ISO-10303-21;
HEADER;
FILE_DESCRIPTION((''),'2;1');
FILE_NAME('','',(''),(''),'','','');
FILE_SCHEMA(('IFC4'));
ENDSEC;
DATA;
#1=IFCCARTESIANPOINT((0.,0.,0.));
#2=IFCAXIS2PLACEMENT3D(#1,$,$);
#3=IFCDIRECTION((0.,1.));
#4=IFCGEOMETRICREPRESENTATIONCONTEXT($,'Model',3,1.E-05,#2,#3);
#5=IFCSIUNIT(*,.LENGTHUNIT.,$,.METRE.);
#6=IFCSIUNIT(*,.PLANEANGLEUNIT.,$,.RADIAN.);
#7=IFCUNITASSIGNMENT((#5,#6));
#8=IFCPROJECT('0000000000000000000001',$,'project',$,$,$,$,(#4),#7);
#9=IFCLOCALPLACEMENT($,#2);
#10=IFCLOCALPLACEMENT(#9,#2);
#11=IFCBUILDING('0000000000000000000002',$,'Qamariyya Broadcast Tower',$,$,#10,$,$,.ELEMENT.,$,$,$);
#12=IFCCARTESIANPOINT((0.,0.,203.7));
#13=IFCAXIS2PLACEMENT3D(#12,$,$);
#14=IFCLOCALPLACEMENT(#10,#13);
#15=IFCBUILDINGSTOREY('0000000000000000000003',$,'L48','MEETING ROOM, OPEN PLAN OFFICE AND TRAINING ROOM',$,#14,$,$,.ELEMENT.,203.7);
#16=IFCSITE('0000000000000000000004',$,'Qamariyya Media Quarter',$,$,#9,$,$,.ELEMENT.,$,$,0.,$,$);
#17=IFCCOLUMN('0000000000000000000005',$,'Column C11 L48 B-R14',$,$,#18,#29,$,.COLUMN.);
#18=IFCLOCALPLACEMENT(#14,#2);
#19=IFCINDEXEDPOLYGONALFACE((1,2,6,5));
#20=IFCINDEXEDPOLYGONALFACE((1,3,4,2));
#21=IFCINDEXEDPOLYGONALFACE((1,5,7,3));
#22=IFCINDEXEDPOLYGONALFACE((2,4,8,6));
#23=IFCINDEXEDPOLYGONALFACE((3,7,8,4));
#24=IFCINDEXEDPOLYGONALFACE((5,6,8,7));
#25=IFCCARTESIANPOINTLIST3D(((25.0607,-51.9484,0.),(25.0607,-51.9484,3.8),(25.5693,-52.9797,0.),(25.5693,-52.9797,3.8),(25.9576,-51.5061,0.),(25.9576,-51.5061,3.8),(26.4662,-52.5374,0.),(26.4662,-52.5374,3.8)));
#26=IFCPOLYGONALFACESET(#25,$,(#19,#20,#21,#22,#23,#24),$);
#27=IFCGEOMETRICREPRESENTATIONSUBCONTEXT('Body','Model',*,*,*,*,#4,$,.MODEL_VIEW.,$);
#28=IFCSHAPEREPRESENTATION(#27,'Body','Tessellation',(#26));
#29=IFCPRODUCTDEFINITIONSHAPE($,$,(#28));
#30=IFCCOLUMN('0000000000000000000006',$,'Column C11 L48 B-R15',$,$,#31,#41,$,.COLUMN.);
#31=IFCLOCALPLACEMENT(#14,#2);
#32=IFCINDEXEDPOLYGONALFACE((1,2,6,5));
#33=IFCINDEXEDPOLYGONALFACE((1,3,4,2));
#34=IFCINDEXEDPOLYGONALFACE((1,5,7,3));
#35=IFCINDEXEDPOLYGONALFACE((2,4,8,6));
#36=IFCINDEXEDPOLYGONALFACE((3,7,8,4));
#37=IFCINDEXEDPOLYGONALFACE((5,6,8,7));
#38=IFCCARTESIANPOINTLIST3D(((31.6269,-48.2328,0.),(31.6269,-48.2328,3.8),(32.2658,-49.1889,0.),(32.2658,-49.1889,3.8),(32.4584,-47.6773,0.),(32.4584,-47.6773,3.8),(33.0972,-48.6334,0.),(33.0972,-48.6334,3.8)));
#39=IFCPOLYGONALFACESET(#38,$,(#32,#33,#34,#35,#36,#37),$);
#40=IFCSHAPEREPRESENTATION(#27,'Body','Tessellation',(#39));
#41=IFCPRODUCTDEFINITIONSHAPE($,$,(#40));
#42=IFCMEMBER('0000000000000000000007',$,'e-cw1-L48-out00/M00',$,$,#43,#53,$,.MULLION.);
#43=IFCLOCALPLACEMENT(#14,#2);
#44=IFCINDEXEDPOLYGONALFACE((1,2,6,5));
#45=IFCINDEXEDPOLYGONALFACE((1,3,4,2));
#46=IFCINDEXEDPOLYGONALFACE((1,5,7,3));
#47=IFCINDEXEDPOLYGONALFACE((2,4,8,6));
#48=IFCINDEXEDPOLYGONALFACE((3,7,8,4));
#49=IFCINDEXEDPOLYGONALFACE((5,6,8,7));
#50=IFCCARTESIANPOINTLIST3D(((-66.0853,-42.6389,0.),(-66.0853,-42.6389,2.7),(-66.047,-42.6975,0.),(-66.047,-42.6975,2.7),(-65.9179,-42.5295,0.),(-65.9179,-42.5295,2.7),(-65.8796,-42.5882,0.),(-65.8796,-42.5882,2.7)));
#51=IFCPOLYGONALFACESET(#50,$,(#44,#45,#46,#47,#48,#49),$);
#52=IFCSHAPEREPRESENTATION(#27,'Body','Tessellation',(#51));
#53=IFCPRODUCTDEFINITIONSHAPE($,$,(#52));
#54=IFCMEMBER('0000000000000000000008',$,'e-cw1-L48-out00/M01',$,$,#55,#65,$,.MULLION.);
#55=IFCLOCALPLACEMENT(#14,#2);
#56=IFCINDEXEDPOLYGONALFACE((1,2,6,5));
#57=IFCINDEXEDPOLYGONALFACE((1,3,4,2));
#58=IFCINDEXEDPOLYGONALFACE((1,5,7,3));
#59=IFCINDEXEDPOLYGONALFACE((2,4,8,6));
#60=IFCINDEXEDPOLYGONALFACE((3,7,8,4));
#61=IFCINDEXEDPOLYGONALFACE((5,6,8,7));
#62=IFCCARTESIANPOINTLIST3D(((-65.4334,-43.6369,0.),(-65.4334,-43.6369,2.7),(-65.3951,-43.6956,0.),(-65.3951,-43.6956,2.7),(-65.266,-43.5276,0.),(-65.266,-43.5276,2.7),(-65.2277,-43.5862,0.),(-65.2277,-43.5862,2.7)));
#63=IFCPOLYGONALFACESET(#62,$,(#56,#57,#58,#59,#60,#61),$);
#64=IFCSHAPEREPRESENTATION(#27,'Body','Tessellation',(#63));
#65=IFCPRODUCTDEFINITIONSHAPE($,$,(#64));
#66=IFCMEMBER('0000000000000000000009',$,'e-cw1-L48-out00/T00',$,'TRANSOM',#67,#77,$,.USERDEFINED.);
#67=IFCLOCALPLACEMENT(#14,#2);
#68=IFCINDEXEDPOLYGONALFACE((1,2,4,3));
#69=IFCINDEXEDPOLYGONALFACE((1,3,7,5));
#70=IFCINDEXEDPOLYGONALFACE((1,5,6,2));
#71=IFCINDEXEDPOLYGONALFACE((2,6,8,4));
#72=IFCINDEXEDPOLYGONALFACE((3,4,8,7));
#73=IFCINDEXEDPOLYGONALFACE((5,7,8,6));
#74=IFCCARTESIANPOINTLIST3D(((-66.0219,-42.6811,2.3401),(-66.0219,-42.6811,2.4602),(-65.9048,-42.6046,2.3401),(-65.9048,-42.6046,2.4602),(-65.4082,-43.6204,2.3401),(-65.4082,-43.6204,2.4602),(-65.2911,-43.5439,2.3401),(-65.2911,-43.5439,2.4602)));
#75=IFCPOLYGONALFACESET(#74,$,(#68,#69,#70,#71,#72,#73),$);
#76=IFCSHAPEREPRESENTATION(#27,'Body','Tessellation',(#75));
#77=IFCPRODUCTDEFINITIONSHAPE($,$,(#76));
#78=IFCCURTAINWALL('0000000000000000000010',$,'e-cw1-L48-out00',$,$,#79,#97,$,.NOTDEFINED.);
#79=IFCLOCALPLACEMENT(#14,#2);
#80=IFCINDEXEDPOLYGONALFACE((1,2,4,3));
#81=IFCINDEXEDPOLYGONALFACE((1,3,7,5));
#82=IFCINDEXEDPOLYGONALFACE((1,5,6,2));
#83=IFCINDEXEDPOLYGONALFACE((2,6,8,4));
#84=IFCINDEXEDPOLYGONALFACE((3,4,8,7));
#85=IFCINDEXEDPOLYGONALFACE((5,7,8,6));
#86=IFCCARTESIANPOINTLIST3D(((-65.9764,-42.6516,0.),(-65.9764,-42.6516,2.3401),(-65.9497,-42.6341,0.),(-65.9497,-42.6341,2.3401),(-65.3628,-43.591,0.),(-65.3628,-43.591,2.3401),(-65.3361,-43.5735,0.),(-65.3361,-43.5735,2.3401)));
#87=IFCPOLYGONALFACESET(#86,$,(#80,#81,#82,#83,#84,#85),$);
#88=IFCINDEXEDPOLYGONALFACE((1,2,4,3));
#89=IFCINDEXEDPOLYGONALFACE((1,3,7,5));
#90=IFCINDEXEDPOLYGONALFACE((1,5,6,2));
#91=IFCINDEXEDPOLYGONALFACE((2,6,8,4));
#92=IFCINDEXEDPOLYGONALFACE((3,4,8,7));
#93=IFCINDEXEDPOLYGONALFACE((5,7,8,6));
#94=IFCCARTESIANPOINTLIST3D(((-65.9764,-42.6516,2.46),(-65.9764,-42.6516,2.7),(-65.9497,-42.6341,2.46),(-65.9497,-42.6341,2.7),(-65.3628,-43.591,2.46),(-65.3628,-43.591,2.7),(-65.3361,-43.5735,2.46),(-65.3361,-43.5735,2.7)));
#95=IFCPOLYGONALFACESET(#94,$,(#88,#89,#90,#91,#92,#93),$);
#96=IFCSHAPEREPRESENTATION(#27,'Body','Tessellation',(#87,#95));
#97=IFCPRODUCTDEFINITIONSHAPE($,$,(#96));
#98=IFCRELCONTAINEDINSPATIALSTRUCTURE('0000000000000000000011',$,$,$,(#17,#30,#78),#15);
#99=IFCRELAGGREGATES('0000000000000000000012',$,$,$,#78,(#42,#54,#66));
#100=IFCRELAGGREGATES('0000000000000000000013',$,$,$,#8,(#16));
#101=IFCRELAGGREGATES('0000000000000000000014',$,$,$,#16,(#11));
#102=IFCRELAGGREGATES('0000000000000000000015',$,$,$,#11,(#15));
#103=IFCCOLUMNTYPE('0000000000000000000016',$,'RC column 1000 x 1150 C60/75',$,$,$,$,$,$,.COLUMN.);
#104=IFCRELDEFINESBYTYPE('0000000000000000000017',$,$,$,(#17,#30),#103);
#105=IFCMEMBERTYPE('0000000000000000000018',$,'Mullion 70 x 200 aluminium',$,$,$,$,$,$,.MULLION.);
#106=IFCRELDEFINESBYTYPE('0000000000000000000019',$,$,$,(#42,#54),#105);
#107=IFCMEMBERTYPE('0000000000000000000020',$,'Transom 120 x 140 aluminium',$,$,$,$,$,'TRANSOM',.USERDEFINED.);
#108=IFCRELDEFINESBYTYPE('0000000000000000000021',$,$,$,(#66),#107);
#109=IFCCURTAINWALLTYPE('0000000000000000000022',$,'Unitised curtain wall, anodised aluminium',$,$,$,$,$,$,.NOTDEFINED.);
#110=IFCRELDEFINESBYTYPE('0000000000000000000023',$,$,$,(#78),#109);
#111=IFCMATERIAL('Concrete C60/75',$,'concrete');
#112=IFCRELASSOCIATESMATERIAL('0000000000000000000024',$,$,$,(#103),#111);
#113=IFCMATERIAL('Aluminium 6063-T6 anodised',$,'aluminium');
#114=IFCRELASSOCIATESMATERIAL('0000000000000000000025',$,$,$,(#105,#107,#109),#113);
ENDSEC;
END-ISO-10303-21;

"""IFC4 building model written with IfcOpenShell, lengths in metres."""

from ifc_helpers import new_model, si_unit, direction, frame, origin, origin_2d, place, context, subcontext, project, spatial, rectangle, extrude, material, material_profile, profile_set, type_object, element, aggregate, save


model = new_model("IFC4")

# Units and contexts
model_context = context("Model", 3, precision=1e-05, world=origin(), true_north=direction((0.0, 1.0)))
body_context = subcontext(model_context, "Body", "Model", "MODEL_VIEW")
ifc_project = project(units=[si_unit("LENGTHUNIT", "METRE"), si_unit("PLANEANGLEUNIT", "RADIAN")], contexts=[model_context])

# Site, building, storey
site_placement = place(None, origin())
site = spatial("IfcSite", under=ifc_project, at=site_placement, Name="Qamariyya Media Quarter", CompositionType="ELEMENT", RefElevation=0.0)
building_placement = place(site_placement, origin())
building = spatial("IfcBuilding", under=site, at=building_placement, Name="Qamariyya Broadcast Tower", CompositionType="ELEMENT")
storey_placement = place(building_placement, frame((0.0, 0.0, 203.7)))
storey = spatial("IfcBuildingStorey", under=building, at=storey_placement, Name="L48", Description="MEETING ROOM, OPEN PLAN OFFICE AND TRAINING ROOM", CompositionType="ELEMENT", Elevation=203.7)

# Columns
ifc_material_1 = material(Name="Concrete C60/75", Category="concrete")
ifc_material_profile_1 = material_profile(ifc_material_1, rectangle(XDim=1.0, YDim=1.1499, at=origin_2d()))
ifc_profile_set_1 = profile_set([ifc_material_profile_1], Name="Concrete C60/75")
column_type = type_object("IfcColumnType", Name="RC column 1000 x 1150 C60/75", PredefinedType="COLUMN", material=ifc_profile_set_1)
for number, where, z_axis, x_axis, name in (
    (1, (25.7634, -52.2429, 0.0), (0.0, 0.0, 1.0), (0.896873, 0.442289, 0.0), "Column C11 L48 B-R14"),
    (2, (32.3621, -48.4331, 0.0), (0.0, 0.0, 1.0), (0.83147, 0.55557, 0.0), "Column C11 L48 B-R15"),
):
    element("IfcColumn", number, at=place(storey_placement, frame(where, z_axis=z_axis, x_axis=x_axis)), inside=storey, type_object=column_type, Name=name, PredefinedType="COLUMN", context=body_context, shape_type="SweptSolid", body=[
        extrude(rectangle(XDim=1.0, YDim=1.1499, at=origin_2d()), origin(), (0.0, 0.0, 1.0), 3.8),
    ])

# Members
ifc_material_2 = material(Name="Aluminium 6063-T6 anodised", Category="aluminium")
ifc_material_profile_2 = material_profile(ifc_material_2, rectangle(XDim=0.2, YDim=0.0701, at=origin_2d()))
ifc_profile_set_2 = profile_set([ifc_material_profile_2], Name="Aluminium 6063-T6 anodised")
member_type_1 = type_object("IfcMemberType", Name="Mullion 70 x 200 aluminium", PredefinedType="MULLION", material=ifc_profile_set_2)
member_1_placement = place(storey_placement, frame((-65.9824, -42.6135, 0.0), z_axis=(0.0, 0.0, 1.0), x_axis=(0.837242, 0.546833, 0.0)))
member_1 = element("IfcMember", 3, at=member_1_placement, type_object=member_type_1, Name="e-cw1-L48-out00/M00", PredefinedType="MULLION", context=body_context, shape_type="SweptSolid", body=[
    extrude(rectangle(XDim=0.2, YDim=0.0701, at=origin_2d()), origin(), (0.0, 0.0, 1.0), 2.7),
])
member_2_placement = place(storey_placement, frame((-65.3306, -43.6116, 0.0), z_axis=(0.0, 0.0, 1.0), x_axis=(0.837242, 0.546833, 0.0)))
member_2 = element("IfcMember", 4, at=member_2_placement, type_object=member_type_1, Name="e-cw1-L48-out00/M01", PredefinedType="MULLION", context=body_context, shape_type="SweptSolid", body=[
    extrude(rectangle(XDim=0.2, YDim=0.0701, at=origin_2d()), origin(), (0.0, 0.0, 1.0), 2.7),
])

# Member
ifc_material_profile_3 = material_profile(ifc_material_2, rectangle(XDim=0.1399, YDim=0.1201, at=origin_2d()))
ifc_profile_set_3 = profile_set([ifc_material_profile_3], Name="Aluminium 6063-T6 anodised")
member_type_2 = type_object("IfcMemberType", Name="Transom 120 x 140 aluminium", ElementType="TRANSOM", PredefinedType="USERDEFINED", material=ifc_profile_set_3)
member_3_placement = place(storey_placement, frame((-65.9634, -42.6428, 2.4001), z_axis=(0.546945, -0.837169, 0.0), x_axis=(0.837169, 0.546945, 0.0)))
member_3 = element("IfcMember", 5, at=member_3_placement, type_object=member_type_2, Name="e-cw1-L48-out00/T00", ObjectType="TRANSOM", PredefinedType="USERDEFINED", context=body_context, shape_type="SweptSolid", body=[
    extrude(rectangle(XDim=0.1399, YDim=0.1201, at=origin_2d()), origin(), (0.0, 0.0, 1.0), 1.1221),
])

# Curtain wall
curtain_wall_type = type_object("IfcCurtainWallType", Name="Unitised curtain wall, anodised aluminium", PredefinedType="NOTDEFINED", material=ifc_material_2)
curtain_wall_1_placement = place(storey_placement, origin())
curtain_wall_1 = element("IfcCurtainWall", 6, at=curtain_wall_1_placement, inside=storey, type_object=curtain_wall_type, Name="e-cw1-L48-out00", PredefinedType="NOTDEFINED", context=body_context, shape_type="SweptSolid", body=[
    extrude(rectangle(XDim=1.1221, YDim=0.032, at=origin_2d()), frame((-65.6562, -43.1125, 0.0), x_axis=(0.546864, -0.837222, 0.0)), (0.0, 0.0, 1.0), 2.3401),
    extrude(rectangle(XDim=1.1221, YDim=0.032, at=origin_2d()), frame((-65.6562, -43.1125, 2.46), x_axis=(0.546864, -0.837222, 0.0)), (0.0, 0.0, 1.0), 0.24),
])
aggregate(curtain_wall_1, [member_1, member_2, member_3])

save(model, "model.ifc")
